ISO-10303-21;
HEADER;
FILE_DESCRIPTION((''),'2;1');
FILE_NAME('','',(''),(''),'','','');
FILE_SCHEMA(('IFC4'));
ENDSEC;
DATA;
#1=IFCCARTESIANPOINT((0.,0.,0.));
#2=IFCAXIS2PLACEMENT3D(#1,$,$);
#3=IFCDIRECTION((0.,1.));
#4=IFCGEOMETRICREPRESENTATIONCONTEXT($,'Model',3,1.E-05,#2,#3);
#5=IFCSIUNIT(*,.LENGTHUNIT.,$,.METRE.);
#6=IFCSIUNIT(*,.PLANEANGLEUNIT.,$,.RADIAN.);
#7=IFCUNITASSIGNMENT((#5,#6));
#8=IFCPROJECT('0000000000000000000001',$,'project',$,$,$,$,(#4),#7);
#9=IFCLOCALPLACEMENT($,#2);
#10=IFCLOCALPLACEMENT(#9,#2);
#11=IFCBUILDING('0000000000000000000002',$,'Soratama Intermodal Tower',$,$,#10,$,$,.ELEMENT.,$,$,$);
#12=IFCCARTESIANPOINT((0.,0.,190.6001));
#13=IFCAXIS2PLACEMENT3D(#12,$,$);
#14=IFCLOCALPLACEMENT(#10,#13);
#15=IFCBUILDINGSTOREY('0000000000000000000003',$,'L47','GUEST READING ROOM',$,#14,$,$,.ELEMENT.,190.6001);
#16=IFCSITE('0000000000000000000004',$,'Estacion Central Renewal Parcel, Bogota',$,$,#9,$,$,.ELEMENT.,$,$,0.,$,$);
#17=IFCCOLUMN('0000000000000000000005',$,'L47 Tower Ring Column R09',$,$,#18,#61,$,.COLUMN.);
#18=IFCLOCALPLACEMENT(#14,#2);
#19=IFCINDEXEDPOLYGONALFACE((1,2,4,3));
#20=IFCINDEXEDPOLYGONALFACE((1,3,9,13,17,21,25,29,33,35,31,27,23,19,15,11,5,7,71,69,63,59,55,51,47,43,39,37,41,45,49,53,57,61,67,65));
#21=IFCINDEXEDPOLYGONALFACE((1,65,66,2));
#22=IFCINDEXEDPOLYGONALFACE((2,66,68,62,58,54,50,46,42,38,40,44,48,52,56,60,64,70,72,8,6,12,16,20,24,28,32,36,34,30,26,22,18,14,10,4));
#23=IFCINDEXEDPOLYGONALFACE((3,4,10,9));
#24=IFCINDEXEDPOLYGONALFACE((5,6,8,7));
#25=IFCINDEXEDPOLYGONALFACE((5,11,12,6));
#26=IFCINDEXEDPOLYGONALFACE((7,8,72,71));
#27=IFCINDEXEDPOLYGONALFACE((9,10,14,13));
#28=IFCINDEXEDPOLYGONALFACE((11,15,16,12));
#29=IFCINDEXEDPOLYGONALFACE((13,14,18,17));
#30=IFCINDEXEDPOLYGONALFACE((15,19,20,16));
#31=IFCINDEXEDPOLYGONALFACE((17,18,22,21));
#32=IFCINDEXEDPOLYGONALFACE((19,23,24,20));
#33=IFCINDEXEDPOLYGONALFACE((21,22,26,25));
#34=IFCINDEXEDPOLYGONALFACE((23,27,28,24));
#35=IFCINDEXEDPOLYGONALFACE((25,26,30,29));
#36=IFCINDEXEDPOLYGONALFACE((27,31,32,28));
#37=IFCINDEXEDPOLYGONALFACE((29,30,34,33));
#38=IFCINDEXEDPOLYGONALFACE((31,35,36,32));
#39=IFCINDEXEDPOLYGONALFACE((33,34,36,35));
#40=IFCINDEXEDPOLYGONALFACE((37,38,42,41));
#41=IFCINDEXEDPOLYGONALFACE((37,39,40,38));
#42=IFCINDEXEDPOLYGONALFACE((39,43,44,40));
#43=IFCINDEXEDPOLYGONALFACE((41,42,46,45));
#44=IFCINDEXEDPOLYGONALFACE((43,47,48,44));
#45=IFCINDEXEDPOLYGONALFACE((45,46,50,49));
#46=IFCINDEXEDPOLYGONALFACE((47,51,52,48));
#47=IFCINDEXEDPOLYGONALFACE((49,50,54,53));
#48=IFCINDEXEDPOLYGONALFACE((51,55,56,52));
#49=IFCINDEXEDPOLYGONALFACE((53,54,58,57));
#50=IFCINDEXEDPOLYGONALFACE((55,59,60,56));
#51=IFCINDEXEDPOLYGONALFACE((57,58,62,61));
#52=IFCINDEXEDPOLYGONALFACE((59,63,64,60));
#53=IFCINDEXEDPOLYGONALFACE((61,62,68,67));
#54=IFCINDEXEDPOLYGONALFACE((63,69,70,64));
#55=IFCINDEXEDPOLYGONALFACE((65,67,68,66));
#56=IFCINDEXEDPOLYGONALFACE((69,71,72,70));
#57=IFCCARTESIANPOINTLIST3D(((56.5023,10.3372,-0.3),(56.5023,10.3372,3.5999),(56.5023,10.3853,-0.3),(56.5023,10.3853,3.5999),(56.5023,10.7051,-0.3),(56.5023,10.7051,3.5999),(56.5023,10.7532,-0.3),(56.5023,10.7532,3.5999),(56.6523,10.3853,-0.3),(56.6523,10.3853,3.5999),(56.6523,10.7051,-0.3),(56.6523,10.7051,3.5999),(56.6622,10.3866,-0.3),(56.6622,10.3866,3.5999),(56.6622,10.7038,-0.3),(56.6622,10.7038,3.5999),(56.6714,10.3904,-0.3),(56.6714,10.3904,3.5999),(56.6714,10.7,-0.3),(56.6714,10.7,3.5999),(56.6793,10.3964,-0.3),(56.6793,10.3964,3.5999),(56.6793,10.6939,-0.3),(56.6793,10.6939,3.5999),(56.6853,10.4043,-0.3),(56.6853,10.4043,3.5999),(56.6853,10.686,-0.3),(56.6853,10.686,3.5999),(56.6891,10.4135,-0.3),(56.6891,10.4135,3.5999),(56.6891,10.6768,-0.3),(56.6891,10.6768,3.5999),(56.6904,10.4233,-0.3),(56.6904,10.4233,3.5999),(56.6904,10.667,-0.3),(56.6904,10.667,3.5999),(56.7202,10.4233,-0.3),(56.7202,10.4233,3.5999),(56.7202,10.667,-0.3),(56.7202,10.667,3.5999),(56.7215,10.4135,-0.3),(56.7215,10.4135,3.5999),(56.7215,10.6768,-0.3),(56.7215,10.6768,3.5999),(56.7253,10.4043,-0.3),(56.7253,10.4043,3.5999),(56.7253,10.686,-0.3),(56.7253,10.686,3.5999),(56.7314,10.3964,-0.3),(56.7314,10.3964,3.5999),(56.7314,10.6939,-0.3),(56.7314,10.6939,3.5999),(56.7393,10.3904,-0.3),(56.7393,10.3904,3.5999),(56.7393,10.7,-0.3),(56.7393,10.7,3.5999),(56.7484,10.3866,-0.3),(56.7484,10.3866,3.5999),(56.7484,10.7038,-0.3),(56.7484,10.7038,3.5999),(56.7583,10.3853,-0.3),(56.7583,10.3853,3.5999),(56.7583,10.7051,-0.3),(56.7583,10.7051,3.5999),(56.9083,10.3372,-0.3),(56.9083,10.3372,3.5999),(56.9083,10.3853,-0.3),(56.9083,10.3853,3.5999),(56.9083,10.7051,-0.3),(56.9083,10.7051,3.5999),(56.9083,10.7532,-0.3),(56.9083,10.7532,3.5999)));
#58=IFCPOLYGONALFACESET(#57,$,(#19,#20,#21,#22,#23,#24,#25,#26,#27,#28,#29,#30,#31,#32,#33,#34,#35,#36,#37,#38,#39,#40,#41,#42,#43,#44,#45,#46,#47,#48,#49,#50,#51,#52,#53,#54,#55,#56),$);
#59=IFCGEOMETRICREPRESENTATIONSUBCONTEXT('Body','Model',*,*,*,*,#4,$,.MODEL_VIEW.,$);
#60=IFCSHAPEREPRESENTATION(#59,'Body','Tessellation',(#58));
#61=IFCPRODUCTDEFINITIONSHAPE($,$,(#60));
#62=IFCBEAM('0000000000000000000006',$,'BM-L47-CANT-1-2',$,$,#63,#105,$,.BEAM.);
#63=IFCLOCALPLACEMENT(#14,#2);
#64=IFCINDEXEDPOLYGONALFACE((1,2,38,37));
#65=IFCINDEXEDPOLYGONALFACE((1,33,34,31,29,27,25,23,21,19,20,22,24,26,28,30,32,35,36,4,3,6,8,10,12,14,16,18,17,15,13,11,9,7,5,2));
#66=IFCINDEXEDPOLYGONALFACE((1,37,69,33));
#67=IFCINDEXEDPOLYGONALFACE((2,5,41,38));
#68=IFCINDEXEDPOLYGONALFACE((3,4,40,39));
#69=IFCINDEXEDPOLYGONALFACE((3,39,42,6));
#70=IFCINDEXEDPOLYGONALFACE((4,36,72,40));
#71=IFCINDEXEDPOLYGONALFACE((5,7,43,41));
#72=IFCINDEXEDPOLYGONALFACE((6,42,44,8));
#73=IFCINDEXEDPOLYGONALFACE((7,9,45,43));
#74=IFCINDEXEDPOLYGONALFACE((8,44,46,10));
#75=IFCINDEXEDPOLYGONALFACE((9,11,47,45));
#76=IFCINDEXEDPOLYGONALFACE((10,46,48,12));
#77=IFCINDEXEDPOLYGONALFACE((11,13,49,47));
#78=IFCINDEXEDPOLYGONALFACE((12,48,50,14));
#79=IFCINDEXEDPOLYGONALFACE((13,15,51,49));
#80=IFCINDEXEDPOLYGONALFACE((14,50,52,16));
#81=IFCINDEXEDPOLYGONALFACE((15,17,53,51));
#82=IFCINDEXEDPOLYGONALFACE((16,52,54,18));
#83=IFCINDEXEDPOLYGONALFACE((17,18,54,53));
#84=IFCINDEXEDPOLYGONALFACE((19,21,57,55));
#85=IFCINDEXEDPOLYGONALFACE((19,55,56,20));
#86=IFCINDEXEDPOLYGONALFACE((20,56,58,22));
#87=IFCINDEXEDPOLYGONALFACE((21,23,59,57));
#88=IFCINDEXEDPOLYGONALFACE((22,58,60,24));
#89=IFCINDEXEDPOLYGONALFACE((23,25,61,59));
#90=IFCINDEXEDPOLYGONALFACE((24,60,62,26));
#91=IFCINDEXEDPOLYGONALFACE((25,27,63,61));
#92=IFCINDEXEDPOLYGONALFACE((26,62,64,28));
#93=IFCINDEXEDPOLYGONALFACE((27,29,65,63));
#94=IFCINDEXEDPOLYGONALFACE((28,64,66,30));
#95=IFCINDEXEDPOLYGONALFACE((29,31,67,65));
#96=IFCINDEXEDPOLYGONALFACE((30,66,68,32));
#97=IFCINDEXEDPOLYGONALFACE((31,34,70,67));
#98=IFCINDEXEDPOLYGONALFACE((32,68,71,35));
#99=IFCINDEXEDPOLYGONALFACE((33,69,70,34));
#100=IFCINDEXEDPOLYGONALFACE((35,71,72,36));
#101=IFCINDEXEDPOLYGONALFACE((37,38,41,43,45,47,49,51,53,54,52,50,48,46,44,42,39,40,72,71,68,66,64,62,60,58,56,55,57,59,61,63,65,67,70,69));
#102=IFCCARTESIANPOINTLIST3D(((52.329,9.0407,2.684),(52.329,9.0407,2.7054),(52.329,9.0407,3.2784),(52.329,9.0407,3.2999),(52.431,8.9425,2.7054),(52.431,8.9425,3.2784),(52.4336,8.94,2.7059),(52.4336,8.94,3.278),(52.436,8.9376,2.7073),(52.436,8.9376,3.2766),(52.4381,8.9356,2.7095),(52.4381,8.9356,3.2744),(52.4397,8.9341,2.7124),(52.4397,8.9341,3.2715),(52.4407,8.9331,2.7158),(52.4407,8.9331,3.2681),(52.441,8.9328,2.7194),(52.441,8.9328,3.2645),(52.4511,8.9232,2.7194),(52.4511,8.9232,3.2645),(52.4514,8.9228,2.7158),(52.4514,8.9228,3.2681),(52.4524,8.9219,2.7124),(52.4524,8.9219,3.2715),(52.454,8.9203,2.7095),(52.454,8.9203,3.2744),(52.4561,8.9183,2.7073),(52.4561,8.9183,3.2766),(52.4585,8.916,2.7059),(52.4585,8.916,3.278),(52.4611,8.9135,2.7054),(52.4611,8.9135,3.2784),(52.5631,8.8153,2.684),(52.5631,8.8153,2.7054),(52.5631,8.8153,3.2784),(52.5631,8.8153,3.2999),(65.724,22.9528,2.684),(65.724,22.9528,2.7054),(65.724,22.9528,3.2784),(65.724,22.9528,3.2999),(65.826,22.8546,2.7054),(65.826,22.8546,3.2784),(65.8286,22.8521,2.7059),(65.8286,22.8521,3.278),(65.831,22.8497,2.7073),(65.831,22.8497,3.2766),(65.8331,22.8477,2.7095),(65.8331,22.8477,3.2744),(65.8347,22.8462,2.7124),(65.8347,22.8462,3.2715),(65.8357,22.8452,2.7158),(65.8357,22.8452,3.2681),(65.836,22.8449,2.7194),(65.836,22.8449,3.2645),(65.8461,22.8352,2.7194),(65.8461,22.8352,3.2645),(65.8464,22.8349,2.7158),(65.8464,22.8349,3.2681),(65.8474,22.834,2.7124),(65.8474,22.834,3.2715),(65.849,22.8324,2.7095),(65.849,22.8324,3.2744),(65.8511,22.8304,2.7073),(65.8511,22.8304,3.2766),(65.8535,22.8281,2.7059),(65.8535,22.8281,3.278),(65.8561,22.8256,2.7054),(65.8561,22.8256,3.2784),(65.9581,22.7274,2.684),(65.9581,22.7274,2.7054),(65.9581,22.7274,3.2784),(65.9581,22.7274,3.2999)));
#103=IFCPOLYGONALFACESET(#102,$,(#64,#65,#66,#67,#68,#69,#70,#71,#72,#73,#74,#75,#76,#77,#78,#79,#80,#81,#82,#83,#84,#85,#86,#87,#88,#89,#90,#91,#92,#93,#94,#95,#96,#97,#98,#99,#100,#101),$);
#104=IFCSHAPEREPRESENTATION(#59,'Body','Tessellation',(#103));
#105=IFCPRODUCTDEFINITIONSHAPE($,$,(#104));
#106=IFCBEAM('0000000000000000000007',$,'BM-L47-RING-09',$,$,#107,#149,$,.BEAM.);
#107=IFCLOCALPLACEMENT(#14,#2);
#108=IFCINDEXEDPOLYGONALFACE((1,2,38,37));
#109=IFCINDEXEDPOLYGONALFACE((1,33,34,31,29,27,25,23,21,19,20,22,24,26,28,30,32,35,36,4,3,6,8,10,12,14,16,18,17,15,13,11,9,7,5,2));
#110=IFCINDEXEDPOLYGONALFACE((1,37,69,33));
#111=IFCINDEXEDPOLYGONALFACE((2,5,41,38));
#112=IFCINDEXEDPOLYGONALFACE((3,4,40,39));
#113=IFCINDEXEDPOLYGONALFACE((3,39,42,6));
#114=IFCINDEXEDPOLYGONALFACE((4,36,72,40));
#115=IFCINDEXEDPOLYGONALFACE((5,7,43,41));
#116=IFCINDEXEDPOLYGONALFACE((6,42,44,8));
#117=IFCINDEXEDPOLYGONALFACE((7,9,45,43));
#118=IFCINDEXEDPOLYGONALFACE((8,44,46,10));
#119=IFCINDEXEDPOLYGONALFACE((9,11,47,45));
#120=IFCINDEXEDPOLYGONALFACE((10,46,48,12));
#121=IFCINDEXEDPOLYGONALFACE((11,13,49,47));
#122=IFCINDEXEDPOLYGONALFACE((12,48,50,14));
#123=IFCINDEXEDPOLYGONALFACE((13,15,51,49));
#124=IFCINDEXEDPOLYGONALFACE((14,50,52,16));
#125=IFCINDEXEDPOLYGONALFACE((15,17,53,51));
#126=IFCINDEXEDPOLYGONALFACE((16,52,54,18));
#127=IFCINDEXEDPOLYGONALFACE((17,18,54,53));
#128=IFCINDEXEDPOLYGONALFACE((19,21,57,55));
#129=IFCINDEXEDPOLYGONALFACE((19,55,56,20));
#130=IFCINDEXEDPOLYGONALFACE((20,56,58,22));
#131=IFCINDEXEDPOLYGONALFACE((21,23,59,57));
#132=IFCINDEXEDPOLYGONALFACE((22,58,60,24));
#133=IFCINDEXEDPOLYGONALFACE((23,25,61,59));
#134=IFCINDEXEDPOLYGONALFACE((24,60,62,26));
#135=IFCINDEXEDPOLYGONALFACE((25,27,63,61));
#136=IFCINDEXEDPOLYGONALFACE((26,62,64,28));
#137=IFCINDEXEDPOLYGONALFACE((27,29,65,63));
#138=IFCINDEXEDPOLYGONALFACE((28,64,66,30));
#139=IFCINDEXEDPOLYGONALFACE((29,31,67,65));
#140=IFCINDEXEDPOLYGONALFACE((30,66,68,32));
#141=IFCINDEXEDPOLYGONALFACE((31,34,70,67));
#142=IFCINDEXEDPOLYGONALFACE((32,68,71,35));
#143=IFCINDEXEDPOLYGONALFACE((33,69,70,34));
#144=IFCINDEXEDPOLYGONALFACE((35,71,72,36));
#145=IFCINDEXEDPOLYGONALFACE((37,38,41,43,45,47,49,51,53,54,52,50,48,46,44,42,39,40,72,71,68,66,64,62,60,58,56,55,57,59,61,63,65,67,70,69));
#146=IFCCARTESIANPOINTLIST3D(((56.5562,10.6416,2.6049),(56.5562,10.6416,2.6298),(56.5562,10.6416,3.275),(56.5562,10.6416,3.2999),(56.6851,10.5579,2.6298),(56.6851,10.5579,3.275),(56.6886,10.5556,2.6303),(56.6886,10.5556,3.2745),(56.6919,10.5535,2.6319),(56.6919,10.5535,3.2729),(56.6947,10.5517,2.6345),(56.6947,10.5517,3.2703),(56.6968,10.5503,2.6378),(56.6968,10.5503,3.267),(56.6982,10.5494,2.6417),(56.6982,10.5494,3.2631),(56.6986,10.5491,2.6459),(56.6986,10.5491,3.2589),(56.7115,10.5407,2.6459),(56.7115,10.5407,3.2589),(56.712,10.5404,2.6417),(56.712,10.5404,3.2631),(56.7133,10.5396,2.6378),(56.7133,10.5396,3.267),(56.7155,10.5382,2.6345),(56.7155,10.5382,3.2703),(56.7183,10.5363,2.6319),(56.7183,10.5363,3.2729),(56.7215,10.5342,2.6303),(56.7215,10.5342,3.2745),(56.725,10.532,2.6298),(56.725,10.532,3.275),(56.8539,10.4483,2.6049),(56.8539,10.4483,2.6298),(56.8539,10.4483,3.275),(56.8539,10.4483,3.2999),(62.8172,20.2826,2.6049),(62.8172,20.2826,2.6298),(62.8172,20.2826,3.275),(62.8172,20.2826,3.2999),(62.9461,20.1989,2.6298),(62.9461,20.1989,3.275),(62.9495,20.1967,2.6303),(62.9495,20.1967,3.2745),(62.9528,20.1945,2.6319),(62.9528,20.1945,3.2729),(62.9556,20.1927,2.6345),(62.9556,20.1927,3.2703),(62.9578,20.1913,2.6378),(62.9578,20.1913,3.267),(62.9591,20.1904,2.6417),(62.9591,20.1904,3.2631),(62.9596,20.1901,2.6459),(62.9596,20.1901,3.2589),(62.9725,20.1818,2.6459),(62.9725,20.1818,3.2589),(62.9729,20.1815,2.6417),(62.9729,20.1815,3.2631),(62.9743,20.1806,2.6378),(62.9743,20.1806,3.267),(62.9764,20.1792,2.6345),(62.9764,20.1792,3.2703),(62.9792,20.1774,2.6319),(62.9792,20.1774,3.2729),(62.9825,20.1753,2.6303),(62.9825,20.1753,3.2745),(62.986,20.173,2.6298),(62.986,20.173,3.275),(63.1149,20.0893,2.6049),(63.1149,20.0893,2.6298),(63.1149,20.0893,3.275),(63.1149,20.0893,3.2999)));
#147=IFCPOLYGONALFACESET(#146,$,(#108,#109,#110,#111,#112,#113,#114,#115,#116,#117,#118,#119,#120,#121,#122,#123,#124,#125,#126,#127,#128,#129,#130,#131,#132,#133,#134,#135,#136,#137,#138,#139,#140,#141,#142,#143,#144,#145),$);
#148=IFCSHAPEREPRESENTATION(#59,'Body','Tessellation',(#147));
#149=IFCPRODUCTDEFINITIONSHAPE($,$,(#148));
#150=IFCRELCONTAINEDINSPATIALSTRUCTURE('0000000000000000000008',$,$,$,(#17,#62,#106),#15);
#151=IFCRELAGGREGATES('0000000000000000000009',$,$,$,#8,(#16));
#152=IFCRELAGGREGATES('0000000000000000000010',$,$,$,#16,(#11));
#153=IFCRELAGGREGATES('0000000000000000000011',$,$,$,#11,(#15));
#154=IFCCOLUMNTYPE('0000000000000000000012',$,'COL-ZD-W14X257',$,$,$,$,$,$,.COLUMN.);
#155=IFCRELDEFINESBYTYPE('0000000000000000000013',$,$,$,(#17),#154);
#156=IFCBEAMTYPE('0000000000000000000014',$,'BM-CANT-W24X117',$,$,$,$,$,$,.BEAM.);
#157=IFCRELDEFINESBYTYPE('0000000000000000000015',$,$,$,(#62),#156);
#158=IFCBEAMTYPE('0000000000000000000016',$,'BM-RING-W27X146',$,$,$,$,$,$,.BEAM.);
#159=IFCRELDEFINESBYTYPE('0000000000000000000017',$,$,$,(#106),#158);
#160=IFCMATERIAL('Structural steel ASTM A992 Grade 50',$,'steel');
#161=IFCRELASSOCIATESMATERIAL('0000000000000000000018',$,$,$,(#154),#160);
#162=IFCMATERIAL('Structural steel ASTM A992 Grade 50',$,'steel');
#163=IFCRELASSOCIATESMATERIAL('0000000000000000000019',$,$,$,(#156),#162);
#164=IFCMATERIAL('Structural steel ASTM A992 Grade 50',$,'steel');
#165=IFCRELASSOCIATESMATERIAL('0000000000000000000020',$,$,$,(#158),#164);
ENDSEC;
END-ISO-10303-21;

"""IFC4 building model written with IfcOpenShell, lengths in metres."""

from ifc_helpers import new_model, si_unit, direction, frame, origin, origin_2d, place, context, subcontext, project, spatial, i_section, extrude, material, material_profile, profile_set, type_object, element, save


model = new_model("IFC4")

# Units and contexts
model_context = context("Model", 3, precision=1e-05, world=origin(), true_north=direction((0.0, 1.0)))
body_context = subcontext(model_context, "Body", "Model", "MODEL_VIEW")
ifc_project = project(units=[si_unit("LENGTHUNIT", "METRE"), si_unit("PLANEANGLEUNIT", "RADIAN")], contexts=[model_context])

# Site, building, storey
site_placement = place(None, origin())
site = spatial("IfcSite", under=ifc_project, at=site_placement, Name="Estacion Central Renewal Parcel, Bogota", CompositionType="ELEMENT", RefElevation=0.0)
building_placement = place(site_placement, origin())
building = spatial("IfcBuilding", under=site, at=building_placement, Name="Soratama Intermodal Tower", CompositionType="ELEMENT")
storey_placement = place(building_placement, frame((0.0, 0.0, 190.6001)))
storey = spatial("IfcBuildingStorey", under=building, at=storey_placement, Name="L47", Description="GUEST READING ROOM", CompositionType="ELEMENT", Elevation=190.6001)

# Column
ifc_material_1 = material(Name="Structural steel ASTM A992 Grade 50", Category="steel")
ifc_material_profile_1 = material_profile(ifc_material_1, i_section(OverallWidth=0.406, OverallDepth=0.416, WebThickness=0.0298, FlangeThickness=0.0481, FilletRadius=0.0381, at=origin_2d()), Name="W14X257")
ifc_profile_set_1 = profile_set([ifc_material_profile_1], Name="Structural steel ASTM A992 Grade 50")
column_type = type_object("IfcColumnType", Name="COL-ZD-W14X257", PredefinedType="COLUMN", material=ifc_profile_set_1)
column_placement = place(storey_placement, frame((56.7053, 10.5452, -0.3), z_axis=(0.0, 0.0, 1.0), x_axis=(1.0, 0.0, 0.0)))
element("IfcColumn", 1, at=column_placement, inside=storey, type_object=column_type, Name="L47 Tower Ring Column R09", PredefinedType="COLUMN", context=body_context, shape_type="SweptSolid", body=[
    extrude(i_section(OverallWidth=0.406, OverallDepth=0.416, WebThickness=0.0298, FlangeThickness=0.0481, FilletRadius=0.0381, at=origin_2d()), origin(), (0.0, 0.0, 1.0), 3.8999),
])

# Beams
ifc_material_2 = material(Name="Structural steel ASTM A992 Grade 50", Category="steel")
ifc_material_profile_2 = material_profile(ifc_material_2, i_section(OverallWidth=0.325, OverallDepth=0.616, WebThickness=0.0139, FlangeThickness=0.0215, FilletRadius=0.0139, at=origin_2d()), Name="W24X117")
ifc_profile_set_2 = profile_set([ifc_material_profile_2], Name="Structural steel ASTM A992 Grade 50")
beam_type_1 = type_object("IfcBeamType", Name="BM-CANT-W24X117", PredefinedType="BEAM", material=ifc_profile_set_2)
beam_1_placement = place(storey_placement, frame((52.446, 8.928, 2.9919), z_axis=(0.693593, 0.720367, 0.0), x_axis=(-0.720367, 0.693593, 0.0)))
element("IfcBeam", 2, at=beam_1_placement, inside=storey, type_object=beam_type_1, Name="BM-L47-CANT-1-2", PredefinedType="BEAM", context=body_context, shape_type="SweptSolid", body=[
    extrude(i_section(OverallWidth=0.325, OverallDepth=0.616, WebThickness=0.0139, FlangeThickness=0.0215, FilletRadius=0.0139, at=origin_2d()), origin(), (0.0, 0.0, 1.0), 19.3125),
])
ifc_material_3 = material(Name="Structural steel ASTM A992 Grade 50", Category="steel")
ifc_material_profile_3 = material_profile(ifc_material_3, i_section(OverallWidth=0.355, OverallDepth=0.6951, WebThickness=0.0154, FlangeThickness=0.0249, FilletRadius=0.0161, at=origin_2d()), Name="W27X146")
ifc_profile_set_3 = profile_set([ifc_material_profile_3], Name="Structural steel ASTM A992 Grade 50")
beam_type_2 = type_object("IfcBeamType", Name="BM-RING-W27X146", PredefinedType="BEAM", material=ifc_profile_set_3)
beam_2_placement = place(storey_placement, frame((56.7051, 10.5449, 2.9524), z_axis=(0.544637, 0.838672, 0.0), x_axis=(-0.838672, 0.544637, 0.0)))
element("IfcBeam", 3, at=beam_2_placement, inside=storey, type_object=beam_type_2, Name="BM-L47-RING-09", PredefinedType="BEAM", context=body_context, shape_type="SweptSolid", body=[
    extrude(i_section(OverallWidth=0.355, OverallDepth=0.6951, WebThickness=0.0154, FlangeThickness=0.0249, FilletRadius=0.0161, at=origin_2d()), origin(), (0.0, 0.0, 1.0), 11.4956),
])

save(model, "model.ifc")
